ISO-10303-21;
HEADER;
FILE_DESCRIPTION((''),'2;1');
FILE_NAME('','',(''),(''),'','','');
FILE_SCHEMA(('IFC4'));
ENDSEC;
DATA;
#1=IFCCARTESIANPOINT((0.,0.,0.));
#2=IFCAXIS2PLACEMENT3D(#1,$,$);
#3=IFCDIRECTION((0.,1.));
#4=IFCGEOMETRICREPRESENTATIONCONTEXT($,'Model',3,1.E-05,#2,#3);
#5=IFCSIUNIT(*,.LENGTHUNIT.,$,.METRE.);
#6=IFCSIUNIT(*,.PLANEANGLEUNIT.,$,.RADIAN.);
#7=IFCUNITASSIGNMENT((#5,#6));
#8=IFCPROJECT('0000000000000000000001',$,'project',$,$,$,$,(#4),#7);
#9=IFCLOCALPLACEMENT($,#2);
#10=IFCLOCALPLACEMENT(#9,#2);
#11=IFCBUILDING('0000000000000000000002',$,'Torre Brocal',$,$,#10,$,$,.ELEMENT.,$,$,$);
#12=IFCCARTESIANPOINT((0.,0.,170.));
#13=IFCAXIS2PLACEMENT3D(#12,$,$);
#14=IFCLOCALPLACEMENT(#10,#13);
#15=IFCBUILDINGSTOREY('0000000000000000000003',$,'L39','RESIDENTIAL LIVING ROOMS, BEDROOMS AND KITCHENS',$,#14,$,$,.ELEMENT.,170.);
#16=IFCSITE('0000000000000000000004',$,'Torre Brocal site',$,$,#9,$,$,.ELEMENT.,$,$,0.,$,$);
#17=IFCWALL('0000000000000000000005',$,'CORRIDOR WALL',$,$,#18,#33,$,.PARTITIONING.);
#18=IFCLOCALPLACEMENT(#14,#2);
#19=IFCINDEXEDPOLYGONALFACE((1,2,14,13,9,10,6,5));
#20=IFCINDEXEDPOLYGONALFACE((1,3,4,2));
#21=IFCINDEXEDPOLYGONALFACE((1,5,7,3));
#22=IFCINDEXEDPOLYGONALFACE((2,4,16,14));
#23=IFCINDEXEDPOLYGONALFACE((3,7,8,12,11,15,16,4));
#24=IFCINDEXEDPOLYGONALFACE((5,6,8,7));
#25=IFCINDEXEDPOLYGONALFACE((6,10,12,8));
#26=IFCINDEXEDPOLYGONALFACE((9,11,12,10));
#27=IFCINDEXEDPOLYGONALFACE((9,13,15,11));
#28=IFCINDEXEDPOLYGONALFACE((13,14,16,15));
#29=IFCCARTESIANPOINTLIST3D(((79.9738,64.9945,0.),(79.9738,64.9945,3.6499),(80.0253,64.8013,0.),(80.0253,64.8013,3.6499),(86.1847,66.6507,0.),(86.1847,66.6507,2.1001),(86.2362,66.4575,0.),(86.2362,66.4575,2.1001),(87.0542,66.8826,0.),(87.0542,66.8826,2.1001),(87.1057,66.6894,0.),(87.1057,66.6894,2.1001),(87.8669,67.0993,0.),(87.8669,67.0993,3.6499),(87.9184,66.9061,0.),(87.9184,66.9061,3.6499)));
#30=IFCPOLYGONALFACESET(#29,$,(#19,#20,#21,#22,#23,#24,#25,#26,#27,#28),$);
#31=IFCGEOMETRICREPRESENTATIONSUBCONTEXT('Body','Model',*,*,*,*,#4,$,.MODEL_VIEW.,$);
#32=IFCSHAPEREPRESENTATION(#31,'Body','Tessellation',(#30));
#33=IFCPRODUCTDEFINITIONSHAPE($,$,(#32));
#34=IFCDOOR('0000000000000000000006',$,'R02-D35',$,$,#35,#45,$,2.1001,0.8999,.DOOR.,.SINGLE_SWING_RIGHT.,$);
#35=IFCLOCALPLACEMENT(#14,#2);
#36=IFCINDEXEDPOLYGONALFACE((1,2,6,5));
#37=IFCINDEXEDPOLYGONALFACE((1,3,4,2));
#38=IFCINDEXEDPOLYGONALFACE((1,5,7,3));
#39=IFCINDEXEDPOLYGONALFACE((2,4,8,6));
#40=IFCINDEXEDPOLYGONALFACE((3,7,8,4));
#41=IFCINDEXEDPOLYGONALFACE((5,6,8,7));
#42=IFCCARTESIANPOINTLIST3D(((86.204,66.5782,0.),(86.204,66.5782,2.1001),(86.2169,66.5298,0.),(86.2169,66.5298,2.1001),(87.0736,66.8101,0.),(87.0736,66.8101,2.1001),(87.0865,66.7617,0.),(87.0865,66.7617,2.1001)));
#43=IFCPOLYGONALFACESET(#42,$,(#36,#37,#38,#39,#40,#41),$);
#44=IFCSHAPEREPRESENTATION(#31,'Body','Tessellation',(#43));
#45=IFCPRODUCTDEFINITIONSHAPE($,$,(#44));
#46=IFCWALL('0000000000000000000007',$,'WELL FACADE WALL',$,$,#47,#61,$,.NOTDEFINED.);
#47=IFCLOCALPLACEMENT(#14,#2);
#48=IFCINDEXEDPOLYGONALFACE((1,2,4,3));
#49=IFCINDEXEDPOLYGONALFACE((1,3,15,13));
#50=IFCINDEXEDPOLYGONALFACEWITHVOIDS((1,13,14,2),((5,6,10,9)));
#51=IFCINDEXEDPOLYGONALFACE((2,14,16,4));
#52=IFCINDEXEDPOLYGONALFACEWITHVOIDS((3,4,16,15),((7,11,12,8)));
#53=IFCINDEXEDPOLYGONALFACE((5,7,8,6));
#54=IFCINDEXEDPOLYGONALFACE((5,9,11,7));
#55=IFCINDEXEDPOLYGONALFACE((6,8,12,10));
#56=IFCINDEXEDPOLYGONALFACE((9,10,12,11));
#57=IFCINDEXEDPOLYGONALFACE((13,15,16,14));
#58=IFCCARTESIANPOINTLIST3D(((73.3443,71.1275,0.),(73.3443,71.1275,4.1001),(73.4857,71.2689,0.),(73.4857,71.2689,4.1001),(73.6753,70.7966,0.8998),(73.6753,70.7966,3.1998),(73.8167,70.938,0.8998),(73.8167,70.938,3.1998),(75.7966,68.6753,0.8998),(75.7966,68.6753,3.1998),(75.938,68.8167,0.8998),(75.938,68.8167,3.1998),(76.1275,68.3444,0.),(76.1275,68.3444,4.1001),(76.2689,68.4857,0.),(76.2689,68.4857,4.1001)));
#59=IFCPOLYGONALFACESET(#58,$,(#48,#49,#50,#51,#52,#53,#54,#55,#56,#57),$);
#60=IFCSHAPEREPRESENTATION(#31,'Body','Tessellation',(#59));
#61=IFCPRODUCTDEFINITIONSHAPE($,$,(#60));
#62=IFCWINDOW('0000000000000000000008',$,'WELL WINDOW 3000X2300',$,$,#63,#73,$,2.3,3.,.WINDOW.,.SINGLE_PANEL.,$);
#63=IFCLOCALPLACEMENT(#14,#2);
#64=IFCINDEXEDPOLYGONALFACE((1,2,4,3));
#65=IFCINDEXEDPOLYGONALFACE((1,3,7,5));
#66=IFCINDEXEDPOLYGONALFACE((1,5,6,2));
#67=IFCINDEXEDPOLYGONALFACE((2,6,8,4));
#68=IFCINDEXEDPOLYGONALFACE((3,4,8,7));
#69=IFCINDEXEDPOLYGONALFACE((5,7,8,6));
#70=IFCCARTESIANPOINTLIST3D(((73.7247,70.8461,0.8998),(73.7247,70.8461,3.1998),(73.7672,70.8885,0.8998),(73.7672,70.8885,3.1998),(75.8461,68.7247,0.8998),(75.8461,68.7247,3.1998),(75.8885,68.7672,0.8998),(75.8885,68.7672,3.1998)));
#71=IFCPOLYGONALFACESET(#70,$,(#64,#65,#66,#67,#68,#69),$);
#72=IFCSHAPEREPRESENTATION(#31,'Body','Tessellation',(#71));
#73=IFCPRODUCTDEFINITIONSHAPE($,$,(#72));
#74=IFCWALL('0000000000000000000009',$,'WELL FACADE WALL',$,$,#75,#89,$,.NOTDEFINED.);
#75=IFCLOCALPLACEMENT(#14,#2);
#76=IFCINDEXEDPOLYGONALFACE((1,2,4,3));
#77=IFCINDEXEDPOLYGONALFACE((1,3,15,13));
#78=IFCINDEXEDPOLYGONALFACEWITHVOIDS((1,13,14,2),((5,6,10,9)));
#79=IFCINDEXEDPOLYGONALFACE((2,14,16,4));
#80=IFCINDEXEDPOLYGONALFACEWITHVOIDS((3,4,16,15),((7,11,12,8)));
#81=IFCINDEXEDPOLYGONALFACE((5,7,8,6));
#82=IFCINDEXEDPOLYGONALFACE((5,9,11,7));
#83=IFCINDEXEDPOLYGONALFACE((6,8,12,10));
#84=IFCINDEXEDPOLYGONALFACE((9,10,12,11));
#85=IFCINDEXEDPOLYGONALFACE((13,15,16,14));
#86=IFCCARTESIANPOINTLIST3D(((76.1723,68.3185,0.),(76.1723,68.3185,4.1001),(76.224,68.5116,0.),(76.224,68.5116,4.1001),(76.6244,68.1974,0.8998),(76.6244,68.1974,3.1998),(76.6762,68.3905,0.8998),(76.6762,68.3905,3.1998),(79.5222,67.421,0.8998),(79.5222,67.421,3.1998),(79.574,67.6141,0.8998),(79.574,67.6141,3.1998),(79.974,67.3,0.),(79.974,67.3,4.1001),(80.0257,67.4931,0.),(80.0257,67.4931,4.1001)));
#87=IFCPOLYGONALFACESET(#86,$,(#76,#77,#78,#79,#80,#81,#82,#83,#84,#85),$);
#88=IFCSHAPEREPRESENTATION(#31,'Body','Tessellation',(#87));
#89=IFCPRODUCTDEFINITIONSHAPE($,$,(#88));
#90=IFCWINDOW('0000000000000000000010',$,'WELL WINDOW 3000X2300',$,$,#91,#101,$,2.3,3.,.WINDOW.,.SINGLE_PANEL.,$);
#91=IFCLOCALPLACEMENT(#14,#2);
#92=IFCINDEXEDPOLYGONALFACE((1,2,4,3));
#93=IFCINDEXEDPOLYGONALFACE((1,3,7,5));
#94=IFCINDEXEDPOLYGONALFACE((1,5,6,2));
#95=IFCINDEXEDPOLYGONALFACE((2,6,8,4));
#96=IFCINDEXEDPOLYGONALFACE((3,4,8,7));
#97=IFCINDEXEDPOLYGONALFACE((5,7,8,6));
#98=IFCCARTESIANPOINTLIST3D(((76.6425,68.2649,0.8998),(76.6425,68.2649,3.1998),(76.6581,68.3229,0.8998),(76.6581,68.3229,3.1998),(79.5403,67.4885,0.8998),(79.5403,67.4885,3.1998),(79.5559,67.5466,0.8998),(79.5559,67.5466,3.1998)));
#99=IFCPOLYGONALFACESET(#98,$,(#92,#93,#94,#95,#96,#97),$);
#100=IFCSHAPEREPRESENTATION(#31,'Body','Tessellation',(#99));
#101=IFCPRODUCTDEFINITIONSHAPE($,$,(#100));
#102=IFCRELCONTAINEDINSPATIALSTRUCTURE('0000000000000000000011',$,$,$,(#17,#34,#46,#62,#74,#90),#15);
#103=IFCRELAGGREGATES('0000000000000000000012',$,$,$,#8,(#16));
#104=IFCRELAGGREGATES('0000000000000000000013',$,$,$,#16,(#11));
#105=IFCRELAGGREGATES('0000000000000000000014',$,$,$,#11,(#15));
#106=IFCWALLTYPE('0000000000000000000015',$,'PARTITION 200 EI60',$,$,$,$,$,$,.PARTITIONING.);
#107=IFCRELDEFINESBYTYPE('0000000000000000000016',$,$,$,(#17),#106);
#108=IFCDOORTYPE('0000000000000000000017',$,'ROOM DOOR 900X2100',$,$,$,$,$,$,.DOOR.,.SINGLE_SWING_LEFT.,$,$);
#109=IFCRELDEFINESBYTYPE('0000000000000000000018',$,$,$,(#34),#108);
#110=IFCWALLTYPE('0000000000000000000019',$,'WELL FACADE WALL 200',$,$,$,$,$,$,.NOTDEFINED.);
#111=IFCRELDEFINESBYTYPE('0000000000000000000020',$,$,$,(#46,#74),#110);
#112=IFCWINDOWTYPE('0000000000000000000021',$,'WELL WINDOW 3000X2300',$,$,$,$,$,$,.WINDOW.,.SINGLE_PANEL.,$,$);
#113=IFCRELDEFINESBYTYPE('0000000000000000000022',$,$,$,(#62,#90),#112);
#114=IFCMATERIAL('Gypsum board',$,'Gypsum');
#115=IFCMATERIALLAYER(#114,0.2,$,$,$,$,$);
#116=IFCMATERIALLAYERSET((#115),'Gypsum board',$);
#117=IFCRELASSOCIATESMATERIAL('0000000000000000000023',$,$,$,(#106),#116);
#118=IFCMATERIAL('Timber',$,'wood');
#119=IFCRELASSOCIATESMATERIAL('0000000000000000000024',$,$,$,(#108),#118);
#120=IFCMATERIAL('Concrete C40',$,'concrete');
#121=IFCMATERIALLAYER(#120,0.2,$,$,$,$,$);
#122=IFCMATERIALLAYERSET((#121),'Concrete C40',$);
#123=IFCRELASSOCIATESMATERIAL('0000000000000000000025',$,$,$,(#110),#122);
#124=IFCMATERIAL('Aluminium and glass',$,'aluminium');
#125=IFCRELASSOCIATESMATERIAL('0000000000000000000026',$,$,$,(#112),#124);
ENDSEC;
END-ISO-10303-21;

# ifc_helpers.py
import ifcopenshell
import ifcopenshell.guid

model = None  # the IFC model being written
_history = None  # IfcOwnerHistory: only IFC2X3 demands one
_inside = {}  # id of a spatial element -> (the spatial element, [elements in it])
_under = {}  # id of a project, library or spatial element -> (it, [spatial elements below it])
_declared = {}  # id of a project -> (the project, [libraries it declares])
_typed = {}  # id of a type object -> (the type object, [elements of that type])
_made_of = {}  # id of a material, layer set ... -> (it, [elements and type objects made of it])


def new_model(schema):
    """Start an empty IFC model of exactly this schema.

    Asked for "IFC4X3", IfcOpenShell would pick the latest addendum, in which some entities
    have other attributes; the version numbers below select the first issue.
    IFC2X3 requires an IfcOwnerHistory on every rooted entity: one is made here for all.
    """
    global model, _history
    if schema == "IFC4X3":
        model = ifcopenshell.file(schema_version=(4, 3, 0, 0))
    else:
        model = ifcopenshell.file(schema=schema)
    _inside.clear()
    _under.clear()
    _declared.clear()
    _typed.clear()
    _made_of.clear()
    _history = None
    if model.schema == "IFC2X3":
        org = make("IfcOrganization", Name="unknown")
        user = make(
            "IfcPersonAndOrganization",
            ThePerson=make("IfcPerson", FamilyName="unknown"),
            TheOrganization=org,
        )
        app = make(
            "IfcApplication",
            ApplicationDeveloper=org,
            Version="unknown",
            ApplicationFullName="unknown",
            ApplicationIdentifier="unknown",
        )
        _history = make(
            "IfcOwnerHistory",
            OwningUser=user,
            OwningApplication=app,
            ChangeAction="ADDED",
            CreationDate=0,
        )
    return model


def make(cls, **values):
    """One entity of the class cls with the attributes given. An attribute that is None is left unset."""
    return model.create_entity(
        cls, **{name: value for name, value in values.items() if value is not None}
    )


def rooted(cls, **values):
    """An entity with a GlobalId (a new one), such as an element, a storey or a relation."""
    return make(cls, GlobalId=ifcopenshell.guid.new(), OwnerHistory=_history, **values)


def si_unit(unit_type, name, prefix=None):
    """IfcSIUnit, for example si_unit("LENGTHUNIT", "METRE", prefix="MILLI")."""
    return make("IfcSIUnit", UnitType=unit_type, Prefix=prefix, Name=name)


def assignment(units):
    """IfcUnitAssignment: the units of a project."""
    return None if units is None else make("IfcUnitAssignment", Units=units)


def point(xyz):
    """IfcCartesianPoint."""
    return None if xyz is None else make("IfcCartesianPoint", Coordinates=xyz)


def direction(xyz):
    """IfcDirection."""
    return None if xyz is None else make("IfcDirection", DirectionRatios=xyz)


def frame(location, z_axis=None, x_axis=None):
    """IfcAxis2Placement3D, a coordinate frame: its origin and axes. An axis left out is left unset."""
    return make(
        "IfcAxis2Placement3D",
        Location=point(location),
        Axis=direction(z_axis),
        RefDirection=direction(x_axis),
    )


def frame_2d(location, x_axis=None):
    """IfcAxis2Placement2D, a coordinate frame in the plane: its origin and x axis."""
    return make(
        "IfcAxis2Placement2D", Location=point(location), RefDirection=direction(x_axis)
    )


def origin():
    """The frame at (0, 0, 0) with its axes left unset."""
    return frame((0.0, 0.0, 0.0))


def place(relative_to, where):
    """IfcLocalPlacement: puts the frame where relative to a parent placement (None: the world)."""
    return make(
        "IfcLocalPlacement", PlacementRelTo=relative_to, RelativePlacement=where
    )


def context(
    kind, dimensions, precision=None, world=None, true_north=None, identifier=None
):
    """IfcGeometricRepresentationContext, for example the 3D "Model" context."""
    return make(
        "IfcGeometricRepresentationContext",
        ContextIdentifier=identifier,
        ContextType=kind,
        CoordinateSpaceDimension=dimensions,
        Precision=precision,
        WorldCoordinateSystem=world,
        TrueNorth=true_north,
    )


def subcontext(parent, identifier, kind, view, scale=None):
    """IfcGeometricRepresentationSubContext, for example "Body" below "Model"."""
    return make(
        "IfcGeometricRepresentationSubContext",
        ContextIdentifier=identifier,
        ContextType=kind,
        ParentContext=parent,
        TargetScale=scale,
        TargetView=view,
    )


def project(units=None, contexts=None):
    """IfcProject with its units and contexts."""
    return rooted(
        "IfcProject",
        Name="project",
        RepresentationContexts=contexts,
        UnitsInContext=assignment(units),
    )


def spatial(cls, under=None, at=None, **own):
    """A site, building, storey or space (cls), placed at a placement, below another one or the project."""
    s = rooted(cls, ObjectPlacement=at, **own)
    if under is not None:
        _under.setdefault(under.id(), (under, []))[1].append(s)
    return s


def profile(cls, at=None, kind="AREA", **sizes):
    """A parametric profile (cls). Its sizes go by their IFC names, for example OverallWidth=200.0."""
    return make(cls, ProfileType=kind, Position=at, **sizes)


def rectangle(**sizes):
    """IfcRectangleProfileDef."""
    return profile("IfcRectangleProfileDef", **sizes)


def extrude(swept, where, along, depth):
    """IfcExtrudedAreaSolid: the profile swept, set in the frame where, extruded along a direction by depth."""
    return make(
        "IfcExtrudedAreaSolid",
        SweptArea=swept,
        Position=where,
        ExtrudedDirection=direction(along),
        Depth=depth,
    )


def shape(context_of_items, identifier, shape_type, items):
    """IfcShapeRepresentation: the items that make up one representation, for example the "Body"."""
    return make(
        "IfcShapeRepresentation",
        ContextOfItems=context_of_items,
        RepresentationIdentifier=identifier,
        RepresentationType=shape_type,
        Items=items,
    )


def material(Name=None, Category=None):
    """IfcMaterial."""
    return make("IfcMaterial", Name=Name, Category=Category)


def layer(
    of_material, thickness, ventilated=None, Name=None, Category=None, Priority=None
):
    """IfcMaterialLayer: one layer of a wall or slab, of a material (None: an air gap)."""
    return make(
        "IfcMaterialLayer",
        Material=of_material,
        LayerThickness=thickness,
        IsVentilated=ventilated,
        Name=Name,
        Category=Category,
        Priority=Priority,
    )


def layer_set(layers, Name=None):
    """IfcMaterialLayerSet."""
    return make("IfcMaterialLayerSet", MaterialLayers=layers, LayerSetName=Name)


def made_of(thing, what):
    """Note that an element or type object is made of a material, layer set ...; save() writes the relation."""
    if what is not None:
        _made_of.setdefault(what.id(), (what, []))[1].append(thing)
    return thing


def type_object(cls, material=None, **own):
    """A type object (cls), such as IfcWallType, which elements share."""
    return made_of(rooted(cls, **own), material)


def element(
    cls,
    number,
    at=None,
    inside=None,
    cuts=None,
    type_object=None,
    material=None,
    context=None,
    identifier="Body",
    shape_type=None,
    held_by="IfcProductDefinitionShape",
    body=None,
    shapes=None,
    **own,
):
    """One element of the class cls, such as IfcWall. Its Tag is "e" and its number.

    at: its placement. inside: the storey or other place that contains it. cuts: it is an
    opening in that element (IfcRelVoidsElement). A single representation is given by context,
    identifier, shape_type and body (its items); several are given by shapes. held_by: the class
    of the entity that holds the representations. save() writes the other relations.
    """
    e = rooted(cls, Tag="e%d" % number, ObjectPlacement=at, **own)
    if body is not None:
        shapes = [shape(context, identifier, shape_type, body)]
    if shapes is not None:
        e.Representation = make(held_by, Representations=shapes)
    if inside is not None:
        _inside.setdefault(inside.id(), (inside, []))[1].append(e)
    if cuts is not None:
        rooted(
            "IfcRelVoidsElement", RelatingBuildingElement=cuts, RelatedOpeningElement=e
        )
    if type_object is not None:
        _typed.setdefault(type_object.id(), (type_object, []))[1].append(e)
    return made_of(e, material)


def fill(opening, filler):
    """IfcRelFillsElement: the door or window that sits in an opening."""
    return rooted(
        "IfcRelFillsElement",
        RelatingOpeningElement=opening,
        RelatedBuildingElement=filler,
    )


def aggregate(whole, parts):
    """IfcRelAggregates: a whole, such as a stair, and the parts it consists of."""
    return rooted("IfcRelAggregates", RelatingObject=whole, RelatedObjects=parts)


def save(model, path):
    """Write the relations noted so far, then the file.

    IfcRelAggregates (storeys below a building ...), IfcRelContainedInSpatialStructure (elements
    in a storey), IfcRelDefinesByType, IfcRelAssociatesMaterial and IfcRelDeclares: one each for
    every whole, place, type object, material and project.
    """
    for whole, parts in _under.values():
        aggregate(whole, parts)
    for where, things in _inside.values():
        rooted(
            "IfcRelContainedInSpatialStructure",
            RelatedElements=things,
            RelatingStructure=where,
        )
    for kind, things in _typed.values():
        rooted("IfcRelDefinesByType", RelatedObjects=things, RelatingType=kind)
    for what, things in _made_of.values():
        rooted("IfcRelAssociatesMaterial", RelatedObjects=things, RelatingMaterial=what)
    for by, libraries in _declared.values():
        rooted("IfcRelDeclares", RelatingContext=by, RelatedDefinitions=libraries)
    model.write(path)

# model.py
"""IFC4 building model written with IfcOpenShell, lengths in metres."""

from ifc_helpers import new_model, si_unit, direction, frame, frame_2d, origin, place, context, subcontext, project, spatial, rectangle, extrude, material, layer, layer_set, type_object, element, fill, save


model = new_model("IFC4")

# Units and contexts
model_context = context("Model", 3, precision=1e-05, world=origin(), true_north=direction((0.0, 1.0)))
body_context = subcontext(model_context, "Body", "Model", "MODEL_VIEW")
ifc_project = project(units=[si_unit("LENGTHUNIT", "METRE"), si_unit("PLANEANGLEUNIT", "RADIAN")], contexts=[model_context])

# Site, building, storey
site_placement = place(None, origin())
site = spatial("IfcSite", under=ifc_project, at=site_placement, Name="Torre Brocal site", CompositionType="ELEMENT", RefElevation=0.0)
building_placement = place(site_placement, origin())
building = spatial("IfcBuilding", under=site, at=building_placement, Name="Torre Brocal", CompositionType="ELEMENT")
storey_placement = place(building_placement, frame((0.0, 0.0, 170.0)))
storey = spatial("IfcBuildingStorey", under=building, at=storey_placement, Name="L39", Description="RESIDENTIAL LIVING ROOMS, BEDROOMS AND KITCHENS", CompositionType="ELEMENT", Elevation=170.0)

# Shared definitions
ifc_material_1 = material(Name="Gypsum board", Category="Gypsum")
ifc_layer_1 = layer(ifc_material_1, 0.2)
ifc_layer_set_1 = layer_set([ifc_layer_1], Name="Gypsum board")
wall_type_1 = type_object("IfcWallType", Name="PARTITION 200 EI60", PredefinedType="PARTITIONING", material=ifc_layer_set_1)
ifc_material_2 = material(Name="Timber", Category="wood")
door_type_1 = type_object("IfcDoorType", Name="ROOM DOOR 900X2100", OperationType="SINGLE_SWING_LEFT", PredefinedType="DOOR", material=ifc_material_2)

# Wall, opening, door
wall_1_placement = place(storey_placement, frame((79.9995, 64.8979, 0.0), z_axis=(0.0, 0.0, 1.0), x_axis=(0.966237, 0.257653, 0.0)))
wall_1 = element("IfcWall", 1, at=wall_1_placement, inside=storey, type_object=wall_type_1, Name="CORRIDOR WALL", PredefinedType="PARTITIONING", context=body_context, shape_type="SweptSolid", body=[
    extrude(rectangle(XDim=8.1689, YDim=0.2, at=frame_2d((4.0845, 0.0))), origin(), (0.0, 0.0, 1.0), 3.6499),
])
opening_1_placement = place(wall_1_placement, frame((6.428, 0.0, 0.0)))
opening_1 = element("IfcOpeningElement", 2, at=opening_1_placement, cuts=wall_1, PredefinedType="OPENING", context=body_context, shape_type="SweptSolid", body=[
    extrude(rectangle(XDim=0.8999, YDim=2.1001, at=frame_2d((0.45, 1.05))), frame((0.0, 0.1099, 0.0), z_axis=(0.0, -1.0, 0.0), x_axis=(1.0, 0.0, 0.0)), (0.0, 0.0, 1.0), 0.22),
])
door_1_placement = place(opening_1_placement, origin())
door_1 = element("IfcDoor", 3, at=door_1_placement, inside=storey, type_object=door_type_1, Name="R02-D35", OperationType="SINGLE_SWING_RIGHT", OverallHeight=2.1001, OverallWidth=0.8999, PredefinedType="DOOR", context=body_context, shape_type="SweptSolid", body=[
    extrude(rectangle(XDim=0.8999, YDim=2.1001, at=frame_2d((0.45, 1.05))), frame((0.0, 0.0249, 0.0), z_axis=(0.0, -1.0, 0.0), x_axis=(1.0, 0.0, 0.0)), (0.0, 0.0, 1.0), 0.05),
])
fill(opening_1, door_1)

# Walls, openings, windows
ifc_material_3 = material(Name="Concrete C40", Category="concrete")
ifc_layer_2 = layer(ifc_material_3, 0.2)
ifc_layer_set_2 = layer_set([ifc_layer_2], Name="Concrete C40")
wall_type_2 = type_object("IfcWallType", Name="WELL FACADE WALL 200", PredefinedType="NOTDEFINED", material=ifc_layer_set_2)
wall_2_placement = place(storey_placement, frame((73.415, 71.1982, 0.0), z_axis=(0.0, 0.0, 1.0), x_axis=(0.707107, -0.707107, 0.0)))
wall_2 = element("IfcWall", 4, at=wall_2_placement, inside=storey, type_object=wall_type_2, Name="WELL FACADE WALL", PredefinedType="NOTDEFINED", context=body_context, shape_type="SweptSolid", body=[
    extrude(rectangle(XDim=3.936, YDim=0.2, at=frame_2d((1.968, 0.0))), origin(), (0.0, 0.0, 1.0), 4.1001),
])
opening_2_placement = place(wall_2_placement, frame((0.468, 0.0, 0.8999)))
opening_2 = element("IfcOpeningElement", 5, at=opening_2_placement, cuts=wall_2, PredefinedType="OPENING", context=body_context, shape_type="SweptSolid", body=[
    extrude(rectangle(XDim=3.0, YDim=2.3, at=frame_2d((1.5, 1.1499))), frame((0.0, 0.1099, 0.0), z_axis=(0.0, -1.0, 0.0), x_axis=(1.0, 0.0, 0.0)), (0.0, 0.0, 1.0), 0.22),
])
ifc_material_4 = material(Name="Aluminium and glass", Category="aluminium")
window_type = type_object("IfcWindowType", Name="WELL WINDOW 3000X2300", PartitioningType="SINGLE_PANEL", PredefinedType="WINDOW", material=ifc_material_4)
window_1_placement = place(opening_2_placement, origin())
window_1 = element("IfcWindow", 6, at=window_1_placement, inside=storey, type_object=window_type, Name="WELL WINDOW 3000X2300", OverallHeight=2.3, OverallWidth=3.0, PartitioningType="SINGLE_PANEL", PredefinedType="WINDOW", context=body_context, shape_type="SweptSolid", body=[
    extrude(rectangle(XDim=3.0, YDim=2.3, at=frame_2d((1.5, 1.1499))), frame((0.0, 0.03, 0.0), z_axis=(0.0, -1.0, 0.0), x_axis=(1.0, 0.0, 0.0)), (0.0, 0.0, 1.0), 0.0601),
])
fill(opening_2, window_1)
wall_3_placement = place(storey_placement, frame((76.1982, 68.415, 0.0), z_axis=(0.0, 0.0, 1.0), x_axis=(0.965934, -0.25879, 0.0)))
wall_3 = element("IfcWall", 7, at=wall_3_placement, inside=storey, type_object=wall_type_2, Name="WELL FACADE WALL", PredefinedType="NOTDEFINED", context=body_context, shape_type="SweptSolid", body=[
    extrude(rectangle(XDim=3.9358, YDim=0.2, at=frame_2d((1.9678, 0.0))), origin(), (0.0, 0.0, 1.0), 4.1001),
])
opening_3_placement = place(wall_3_placement, frame((0.468, 0.0, 0.8999)))
opening_3 = element("IfcOpeningElement", 8, at=opening_3_placement, cuts=wall_3, PredefinedType="OPENING", context=body_context, shape_type="SweptSolid", body=[
    extrude(rectangle(XDim=3.0, YDim=2.3, at=frame_2d((1.5, 1.1499))), frame((0.0, 0.1099, 0.0), z_axis=(0.0, -1.0, 0.0), x_axis=(1.0, 0.0, 0.0)), (0.0, 0.0, 1.0), 0.22),
])
window_2_placement = place(opening_3_placement, origin())
window_2 = element("IfcWindow", 9, at=window_2_placement, inside=storey, type_object=window_type, Name="WELL WINDOW 3000X2300", OverallHeight=2.3, OverallWidth=3.0, PartitioningType="SINGLE_PANEL", PredefinedType="WINDOW", context=body_context, shape_type="SweptSolid", body=[
    extrude(rectangle(XDim=3.0, YDim=2.3, at=frame_2d((1.5, 1.1499))), frame((0.0, 0.03, 0.0), z_axis=(0.0, -1.0, 0.0), x_axis=(1.0, 0.0, 0.0)), (0.0, 0.0, 1.0), 0.0601),
])
fill(opening_3, window_2)

save(model, "model.ifc")
